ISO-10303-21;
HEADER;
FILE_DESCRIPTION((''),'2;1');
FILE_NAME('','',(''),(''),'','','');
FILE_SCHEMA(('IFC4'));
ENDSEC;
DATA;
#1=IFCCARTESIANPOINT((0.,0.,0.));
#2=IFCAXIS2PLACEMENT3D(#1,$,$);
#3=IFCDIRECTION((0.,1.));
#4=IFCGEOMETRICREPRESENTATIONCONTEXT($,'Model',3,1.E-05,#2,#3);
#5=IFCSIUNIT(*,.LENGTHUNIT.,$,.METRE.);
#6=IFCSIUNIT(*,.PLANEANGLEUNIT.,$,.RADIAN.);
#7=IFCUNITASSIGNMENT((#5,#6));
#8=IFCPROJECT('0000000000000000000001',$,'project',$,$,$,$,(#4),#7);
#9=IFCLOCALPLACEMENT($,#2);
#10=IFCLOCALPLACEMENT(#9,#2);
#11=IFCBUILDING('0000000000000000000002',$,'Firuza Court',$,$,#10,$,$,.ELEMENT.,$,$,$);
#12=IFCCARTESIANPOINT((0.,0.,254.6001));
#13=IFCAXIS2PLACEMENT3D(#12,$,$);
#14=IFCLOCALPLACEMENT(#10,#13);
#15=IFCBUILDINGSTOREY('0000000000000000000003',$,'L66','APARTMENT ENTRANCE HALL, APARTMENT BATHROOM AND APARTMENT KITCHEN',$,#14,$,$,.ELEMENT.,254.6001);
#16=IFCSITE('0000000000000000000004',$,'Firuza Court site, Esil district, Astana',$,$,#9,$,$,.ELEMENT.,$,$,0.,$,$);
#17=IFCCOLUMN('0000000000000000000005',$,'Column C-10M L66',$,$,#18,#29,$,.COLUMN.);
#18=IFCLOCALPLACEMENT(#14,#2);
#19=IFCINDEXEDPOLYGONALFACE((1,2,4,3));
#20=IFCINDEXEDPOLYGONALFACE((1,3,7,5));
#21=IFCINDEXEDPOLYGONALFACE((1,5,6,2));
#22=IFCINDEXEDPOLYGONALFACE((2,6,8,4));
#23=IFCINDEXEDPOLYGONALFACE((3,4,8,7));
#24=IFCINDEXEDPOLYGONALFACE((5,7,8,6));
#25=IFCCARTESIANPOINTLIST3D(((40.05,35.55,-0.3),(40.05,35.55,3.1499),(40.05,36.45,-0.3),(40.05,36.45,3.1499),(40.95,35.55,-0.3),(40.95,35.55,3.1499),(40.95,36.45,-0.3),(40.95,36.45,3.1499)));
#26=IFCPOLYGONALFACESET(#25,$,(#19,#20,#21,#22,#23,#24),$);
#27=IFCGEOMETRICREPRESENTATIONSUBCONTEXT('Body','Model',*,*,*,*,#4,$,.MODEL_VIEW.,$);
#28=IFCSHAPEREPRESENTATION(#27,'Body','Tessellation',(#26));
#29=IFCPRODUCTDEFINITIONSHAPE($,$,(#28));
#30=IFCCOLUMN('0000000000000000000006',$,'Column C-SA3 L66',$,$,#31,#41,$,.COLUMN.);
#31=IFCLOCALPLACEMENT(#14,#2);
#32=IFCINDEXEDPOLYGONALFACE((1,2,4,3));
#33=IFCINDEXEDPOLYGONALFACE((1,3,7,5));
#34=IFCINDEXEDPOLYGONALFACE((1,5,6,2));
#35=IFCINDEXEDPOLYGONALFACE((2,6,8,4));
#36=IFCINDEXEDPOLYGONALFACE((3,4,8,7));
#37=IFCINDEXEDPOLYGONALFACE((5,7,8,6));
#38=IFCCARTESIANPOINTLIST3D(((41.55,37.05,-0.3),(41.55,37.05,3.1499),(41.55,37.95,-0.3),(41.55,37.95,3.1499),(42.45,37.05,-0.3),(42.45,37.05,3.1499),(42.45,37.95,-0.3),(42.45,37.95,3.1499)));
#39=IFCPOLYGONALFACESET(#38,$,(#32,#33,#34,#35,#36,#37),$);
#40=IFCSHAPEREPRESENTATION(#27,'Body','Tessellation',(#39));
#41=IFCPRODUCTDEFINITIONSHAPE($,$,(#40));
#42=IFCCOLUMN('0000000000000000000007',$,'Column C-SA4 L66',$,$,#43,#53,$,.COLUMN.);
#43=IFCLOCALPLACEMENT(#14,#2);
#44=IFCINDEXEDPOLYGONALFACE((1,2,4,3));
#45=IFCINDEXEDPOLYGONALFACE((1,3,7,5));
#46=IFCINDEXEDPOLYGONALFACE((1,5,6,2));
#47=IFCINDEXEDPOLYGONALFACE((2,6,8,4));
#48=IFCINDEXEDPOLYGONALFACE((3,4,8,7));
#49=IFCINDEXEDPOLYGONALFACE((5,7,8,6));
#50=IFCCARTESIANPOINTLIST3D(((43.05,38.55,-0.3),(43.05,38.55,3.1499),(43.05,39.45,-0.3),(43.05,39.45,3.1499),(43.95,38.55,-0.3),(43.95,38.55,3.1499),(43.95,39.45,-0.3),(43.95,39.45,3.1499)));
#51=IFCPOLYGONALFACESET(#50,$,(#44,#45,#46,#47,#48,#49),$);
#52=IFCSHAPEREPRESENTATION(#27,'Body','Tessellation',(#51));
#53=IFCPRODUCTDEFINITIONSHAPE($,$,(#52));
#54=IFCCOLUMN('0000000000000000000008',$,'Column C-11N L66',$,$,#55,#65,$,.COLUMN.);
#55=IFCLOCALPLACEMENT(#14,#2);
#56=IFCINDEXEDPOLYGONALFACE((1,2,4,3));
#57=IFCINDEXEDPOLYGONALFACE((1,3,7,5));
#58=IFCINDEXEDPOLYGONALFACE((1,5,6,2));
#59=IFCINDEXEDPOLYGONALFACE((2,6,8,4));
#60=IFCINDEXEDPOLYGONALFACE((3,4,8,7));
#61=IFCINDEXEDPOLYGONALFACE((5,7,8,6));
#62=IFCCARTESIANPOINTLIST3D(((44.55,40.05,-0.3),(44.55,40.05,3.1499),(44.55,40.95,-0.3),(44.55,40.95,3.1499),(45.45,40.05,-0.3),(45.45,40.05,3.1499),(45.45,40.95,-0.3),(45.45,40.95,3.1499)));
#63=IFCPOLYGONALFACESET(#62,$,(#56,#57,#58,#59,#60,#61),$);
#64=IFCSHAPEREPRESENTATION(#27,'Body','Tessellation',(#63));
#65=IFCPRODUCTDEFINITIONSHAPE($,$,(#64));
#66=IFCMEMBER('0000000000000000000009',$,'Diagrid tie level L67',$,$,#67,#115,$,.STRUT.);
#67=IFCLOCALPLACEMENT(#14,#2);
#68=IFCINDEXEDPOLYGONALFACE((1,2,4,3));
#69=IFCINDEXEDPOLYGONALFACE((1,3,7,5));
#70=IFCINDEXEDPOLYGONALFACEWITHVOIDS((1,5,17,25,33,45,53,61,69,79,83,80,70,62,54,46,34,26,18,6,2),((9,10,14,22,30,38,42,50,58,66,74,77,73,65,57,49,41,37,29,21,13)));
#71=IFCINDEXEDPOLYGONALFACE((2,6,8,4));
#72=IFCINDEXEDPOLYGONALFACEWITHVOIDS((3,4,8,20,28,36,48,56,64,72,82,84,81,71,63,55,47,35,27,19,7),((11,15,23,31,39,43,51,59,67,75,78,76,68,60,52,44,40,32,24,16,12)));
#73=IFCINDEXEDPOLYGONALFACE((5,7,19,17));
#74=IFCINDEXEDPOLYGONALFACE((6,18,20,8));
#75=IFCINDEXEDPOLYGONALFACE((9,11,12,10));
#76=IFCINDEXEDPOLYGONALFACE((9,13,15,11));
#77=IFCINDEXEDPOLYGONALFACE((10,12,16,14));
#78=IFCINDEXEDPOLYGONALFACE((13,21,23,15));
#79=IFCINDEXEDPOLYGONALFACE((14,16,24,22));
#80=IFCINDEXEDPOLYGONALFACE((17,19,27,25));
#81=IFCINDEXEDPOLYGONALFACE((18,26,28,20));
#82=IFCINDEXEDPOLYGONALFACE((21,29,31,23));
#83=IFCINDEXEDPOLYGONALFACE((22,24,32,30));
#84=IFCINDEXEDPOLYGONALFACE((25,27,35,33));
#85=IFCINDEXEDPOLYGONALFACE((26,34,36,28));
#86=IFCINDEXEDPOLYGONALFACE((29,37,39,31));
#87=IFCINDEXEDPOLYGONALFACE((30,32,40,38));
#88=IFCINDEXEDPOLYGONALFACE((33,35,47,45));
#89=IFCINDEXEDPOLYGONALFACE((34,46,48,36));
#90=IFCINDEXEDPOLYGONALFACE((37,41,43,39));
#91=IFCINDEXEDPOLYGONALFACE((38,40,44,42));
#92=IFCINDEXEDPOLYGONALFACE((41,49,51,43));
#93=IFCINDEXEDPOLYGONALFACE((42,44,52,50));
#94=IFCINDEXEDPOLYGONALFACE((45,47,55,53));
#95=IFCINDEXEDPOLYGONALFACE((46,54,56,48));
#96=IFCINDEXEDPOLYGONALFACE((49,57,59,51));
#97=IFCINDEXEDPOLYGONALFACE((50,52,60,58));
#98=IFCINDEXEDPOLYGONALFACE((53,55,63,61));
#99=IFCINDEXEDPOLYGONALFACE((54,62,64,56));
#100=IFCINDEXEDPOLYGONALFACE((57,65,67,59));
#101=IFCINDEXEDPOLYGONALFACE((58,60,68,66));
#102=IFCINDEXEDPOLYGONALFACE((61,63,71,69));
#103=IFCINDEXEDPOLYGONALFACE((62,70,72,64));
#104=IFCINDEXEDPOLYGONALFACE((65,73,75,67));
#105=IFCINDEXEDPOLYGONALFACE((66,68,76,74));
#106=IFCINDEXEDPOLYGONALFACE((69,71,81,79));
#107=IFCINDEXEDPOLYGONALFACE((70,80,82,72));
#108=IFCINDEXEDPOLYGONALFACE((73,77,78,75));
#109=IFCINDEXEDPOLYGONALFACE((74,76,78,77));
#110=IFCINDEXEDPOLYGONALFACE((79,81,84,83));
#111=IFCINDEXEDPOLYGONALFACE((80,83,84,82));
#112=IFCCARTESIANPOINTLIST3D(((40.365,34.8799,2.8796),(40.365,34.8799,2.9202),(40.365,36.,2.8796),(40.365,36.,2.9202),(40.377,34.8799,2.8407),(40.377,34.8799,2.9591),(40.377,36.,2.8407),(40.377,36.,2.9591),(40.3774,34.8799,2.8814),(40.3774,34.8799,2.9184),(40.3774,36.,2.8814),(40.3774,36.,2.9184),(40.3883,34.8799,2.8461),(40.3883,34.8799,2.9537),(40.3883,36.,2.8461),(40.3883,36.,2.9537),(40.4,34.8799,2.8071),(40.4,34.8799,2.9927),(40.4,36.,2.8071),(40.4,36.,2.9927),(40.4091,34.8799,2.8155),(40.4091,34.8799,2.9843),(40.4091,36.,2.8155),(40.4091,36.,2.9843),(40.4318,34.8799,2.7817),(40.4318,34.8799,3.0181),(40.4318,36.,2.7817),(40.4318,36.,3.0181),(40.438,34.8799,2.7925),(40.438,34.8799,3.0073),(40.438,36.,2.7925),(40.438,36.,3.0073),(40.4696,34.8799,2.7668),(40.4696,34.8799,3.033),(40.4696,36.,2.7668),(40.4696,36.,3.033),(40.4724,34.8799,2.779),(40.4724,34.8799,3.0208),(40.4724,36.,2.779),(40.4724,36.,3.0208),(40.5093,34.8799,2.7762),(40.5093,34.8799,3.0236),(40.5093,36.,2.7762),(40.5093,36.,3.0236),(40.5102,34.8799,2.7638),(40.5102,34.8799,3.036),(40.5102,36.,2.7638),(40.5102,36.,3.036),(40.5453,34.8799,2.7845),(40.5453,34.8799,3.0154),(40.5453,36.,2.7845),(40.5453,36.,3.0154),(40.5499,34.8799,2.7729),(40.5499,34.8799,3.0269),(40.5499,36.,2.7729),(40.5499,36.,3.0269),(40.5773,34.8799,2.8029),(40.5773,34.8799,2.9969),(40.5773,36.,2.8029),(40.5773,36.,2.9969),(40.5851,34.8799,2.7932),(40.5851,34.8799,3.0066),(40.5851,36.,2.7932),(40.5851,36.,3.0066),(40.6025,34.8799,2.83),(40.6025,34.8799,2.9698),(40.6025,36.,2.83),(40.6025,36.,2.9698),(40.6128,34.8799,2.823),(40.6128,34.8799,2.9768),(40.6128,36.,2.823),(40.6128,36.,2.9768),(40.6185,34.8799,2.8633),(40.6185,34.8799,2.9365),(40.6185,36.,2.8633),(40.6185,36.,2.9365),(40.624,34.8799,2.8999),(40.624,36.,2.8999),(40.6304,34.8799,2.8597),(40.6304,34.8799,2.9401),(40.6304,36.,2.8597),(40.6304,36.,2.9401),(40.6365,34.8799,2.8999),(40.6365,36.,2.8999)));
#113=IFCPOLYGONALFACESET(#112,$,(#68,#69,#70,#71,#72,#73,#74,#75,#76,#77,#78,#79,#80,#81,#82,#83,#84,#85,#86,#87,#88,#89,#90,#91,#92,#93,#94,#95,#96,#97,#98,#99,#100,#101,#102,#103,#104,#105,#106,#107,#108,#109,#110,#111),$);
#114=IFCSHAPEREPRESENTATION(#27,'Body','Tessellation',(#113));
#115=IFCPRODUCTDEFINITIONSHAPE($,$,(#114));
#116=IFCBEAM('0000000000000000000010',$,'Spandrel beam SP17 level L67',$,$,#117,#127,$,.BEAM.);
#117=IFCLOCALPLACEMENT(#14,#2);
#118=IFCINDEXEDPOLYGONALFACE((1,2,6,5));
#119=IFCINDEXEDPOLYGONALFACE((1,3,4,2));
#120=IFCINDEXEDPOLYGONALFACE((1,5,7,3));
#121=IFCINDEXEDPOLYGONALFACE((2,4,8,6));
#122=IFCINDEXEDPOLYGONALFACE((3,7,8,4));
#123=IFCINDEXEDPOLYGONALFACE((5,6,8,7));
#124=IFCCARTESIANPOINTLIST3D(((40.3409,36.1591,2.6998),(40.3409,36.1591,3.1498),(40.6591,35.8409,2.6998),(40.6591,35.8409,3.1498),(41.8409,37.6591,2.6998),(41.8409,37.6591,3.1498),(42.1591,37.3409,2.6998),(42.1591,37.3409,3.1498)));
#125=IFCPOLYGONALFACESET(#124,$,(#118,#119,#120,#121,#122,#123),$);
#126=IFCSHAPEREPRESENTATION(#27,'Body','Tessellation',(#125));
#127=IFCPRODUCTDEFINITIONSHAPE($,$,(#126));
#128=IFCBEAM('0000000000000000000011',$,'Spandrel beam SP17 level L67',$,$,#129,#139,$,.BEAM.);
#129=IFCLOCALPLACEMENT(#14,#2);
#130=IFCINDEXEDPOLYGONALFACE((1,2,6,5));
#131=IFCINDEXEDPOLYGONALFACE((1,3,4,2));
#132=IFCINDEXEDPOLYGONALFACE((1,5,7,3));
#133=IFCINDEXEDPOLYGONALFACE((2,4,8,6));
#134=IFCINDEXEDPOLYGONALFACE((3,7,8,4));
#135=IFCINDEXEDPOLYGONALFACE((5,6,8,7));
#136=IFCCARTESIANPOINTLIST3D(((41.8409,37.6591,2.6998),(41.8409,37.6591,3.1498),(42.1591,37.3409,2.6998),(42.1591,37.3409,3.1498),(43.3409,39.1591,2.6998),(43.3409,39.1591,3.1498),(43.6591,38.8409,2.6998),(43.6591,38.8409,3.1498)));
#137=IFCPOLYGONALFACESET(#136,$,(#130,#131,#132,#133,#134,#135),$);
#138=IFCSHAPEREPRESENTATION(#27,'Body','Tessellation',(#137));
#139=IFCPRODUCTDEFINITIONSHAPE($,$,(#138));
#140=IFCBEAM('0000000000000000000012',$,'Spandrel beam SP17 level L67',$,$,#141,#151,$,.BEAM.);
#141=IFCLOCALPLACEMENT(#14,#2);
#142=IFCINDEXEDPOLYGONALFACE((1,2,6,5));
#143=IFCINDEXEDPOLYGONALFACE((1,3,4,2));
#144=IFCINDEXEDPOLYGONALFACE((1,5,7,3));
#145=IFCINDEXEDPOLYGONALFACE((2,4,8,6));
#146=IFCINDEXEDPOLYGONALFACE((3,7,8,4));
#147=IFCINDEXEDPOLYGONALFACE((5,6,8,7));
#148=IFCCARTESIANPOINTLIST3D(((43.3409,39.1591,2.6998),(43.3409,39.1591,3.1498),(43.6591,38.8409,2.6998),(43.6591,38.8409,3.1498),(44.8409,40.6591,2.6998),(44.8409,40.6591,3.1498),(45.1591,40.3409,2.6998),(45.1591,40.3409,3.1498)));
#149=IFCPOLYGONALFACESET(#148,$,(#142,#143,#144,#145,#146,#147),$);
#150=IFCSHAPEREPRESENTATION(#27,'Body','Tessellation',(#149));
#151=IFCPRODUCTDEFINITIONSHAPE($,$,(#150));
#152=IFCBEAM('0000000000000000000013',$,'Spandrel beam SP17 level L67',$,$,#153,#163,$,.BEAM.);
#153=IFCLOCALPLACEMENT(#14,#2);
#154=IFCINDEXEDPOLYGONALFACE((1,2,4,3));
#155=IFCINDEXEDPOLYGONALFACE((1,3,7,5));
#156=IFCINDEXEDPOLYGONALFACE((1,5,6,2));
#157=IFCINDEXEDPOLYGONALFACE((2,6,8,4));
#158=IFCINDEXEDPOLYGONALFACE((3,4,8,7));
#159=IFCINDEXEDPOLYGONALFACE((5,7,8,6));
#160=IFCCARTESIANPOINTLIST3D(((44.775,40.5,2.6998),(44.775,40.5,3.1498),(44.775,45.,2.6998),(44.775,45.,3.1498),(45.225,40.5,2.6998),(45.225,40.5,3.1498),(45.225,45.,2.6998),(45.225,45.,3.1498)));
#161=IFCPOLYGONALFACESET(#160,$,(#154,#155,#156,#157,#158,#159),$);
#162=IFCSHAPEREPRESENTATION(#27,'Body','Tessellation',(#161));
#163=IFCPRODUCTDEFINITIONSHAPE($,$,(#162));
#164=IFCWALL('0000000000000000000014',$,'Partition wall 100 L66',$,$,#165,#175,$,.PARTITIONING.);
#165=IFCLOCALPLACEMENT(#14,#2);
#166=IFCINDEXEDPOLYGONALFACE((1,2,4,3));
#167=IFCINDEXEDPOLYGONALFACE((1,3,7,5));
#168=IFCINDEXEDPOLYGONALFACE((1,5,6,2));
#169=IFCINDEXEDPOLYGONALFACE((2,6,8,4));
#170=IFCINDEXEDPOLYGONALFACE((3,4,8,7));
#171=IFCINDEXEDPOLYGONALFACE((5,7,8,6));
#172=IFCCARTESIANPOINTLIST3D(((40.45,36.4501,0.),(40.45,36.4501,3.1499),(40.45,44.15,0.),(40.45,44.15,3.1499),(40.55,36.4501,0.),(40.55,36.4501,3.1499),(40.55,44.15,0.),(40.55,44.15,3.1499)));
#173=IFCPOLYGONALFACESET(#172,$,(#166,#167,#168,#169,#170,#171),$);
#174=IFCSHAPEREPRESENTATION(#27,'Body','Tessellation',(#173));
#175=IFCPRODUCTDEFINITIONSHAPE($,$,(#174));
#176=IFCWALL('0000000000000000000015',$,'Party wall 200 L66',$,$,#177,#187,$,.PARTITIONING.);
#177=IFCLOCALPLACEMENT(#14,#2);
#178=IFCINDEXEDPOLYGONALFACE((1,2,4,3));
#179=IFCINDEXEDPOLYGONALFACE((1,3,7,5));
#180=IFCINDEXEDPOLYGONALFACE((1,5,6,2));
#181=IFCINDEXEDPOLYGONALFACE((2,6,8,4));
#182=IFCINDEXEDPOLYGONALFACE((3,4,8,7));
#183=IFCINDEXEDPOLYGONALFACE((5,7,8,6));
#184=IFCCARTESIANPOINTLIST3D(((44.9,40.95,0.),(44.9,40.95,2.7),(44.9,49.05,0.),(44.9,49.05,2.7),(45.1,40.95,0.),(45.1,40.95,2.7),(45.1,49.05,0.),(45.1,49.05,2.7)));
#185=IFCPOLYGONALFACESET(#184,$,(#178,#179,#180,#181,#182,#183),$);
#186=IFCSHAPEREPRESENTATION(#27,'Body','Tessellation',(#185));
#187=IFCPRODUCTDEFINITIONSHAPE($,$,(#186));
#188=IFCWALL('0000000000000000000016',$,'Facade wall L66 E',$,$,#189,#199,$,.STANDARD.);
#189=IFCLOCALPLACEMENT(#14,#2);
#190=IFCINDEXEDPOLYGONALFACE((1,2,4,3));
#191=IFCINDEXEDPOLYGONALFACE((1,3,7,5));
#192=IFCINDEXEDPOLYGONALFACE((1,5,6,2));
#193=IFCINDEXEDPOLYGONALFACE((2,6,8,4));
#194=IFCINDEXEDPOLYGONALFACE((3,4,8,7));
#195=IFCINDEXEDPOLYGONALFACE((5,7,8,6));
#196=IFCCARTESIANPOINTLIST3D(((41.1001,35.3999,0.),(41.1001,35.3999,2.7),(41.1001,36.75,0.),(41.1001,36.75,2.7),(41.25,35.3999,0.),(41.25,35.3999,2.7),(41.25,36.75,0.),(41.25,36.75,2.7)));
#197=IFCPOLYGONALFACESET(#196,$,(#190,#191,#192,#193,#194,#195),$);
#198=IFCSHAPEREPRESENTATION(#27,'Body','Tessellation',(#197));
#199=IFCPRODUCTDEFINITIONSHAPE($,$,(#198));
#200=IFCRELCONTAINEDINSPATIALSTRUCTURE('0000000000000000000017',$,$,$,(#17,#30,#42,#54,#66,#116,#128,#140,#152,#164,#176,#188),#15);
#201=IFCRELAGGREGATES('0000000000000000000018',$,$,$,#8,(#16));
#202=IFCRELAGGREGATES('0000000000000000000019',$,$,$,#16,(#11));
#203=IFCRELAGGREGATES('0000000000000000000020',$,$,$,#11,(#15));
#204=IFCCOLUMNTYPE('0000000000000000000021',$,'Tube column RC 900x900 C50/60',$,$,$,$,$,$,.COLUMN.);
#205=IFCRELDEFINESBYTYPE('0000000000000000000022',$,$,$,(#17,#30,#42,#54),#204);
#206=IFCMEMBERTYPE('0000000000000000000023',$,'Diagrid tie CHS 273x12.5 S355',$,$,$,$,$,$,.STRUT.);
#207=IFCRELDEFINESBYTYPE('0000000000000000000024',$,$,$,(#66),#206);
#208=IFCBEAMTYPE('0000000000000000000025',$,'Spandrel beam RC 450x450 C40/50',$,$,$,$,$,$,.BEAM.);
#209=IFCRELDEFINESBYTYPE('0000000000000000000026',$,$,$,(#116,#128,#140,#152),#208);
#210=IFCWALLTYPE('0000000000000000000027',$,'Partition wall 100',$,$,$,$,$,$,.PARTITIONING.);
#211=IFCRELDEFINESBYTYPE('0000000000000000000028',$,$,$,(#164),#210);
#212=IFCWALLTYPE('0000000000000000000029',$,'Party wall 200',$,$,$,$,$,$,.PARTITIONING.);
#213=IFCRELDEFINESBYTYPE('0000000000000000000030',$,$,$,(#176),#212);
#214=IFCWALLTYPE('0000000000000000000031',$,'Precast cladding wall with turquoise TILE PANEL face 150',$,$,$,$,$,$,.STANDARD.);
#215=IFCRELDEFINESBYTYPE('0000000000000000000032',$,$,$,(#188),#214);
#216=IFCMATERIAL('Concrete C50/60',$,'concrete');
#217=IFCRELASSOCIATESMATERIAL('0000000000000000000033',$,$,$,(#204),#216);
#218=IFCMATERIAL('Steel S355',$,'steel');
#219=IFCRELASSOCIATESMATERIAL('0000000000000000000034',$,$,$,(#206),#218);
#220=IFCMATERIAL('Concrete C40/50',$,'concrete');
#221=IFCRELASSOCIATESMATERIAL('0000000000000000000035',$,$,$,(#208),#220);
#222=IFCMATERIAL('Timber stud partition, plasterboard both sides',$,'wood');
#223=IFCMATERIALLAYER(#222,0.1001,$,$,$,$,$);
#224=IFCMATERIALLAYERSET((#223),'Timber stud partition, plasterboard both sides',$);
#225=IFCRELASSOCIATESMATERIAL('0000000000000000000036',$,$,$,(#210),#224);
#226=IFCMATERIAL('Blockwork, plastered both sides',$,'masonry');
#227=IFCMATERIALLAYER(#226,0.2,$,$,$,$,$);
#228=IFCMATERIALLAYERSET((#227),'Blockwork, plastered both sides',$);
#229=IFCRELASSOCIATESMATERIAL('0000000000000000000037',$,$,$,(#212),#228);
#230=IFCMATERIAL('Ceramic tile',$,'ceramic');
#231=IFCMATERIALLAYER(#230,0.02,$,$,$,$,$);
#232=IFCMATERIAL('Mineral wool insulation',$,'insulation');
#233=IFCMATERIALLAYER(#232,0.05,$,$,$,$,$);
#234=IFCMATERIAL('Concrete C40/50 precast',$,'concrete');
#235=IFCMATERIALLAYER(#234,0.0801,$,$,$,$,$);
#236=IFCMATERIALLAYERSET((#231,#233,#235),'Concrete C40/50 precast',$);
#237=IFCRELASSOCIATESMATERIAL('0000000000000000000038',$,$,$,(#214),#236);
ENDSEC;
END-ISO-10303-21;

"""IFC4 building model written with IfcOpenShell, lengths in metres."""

from ifc_helpers import new_model, si_unit, direction, frame, frame_2d, origin, origin_2d, place, context, subcontext, project, spatial, rectangle, hollow_circle, extrude, material, layer, layer_set, material_profile, profile_set, type_object, element, save


model = new_model("IFC4")

# Units and contexts
model_context = context("Model", 3, precision=1e-05, world=origin(), true_north=direction((0.0, 1.0)))
body_context = subcontext(model_context, "Body", "Model", "MODEL_VIEW")
ifc_project = project(units=[si_unit("LENGTHUNIT", "METRE"), si_unit("PLANEANGLEUNIT", "RADIAN")], contexts=[model_context])

# Site, building, storey
site_placement = place(None, origin())
site = spatial("IfcSite", under=ifc_project, at=site_placement, Name="Firuza Court site, Esil district, Astana", CompositionType="ELEMENT", RefElevation=0.0)
building_placement = place(site_placement, origin())
building = spatial("IfcBuilding", under=site, at=building_placement, Name="Firuza Court", CompositionType="ELEMENT")
storey_placement = place(building_placement, frame((0.0, 0.0, 254.6001)))
storey = spatial("IfcBuildingStorey", under=building, at=storey_placement, Name="L66", Description="APARTMENT ENTRANCE HALL, APARTMENT BATHROOM AND APARTMENT KITCHEN", CompositionType="ELEMENT", Elevation=254.6001)

# Columns
ifc_material_1 = material(Name="Concrete C50/60", Category="concrete")
ifc_material_profile_1 = material_profile(ifc_material_1, rectangle(XDim=0.8999, YDim=0.8999, at=origin_2d()), Name="RC 900x900")
ifc_profile_set_1 = profile_set([ifc_material_profile_1], Name="Concrete C50/60")
column_type = type_object("IfcColumnType", Name="Tube column RC 900x900 C50/60", PredefinedType="COLUMN", material=ifc_profile_set_1)
for number, where, z_axis, x_axis, name in (
    (1, (40.5, 36.0, -0.3), (0.0, 0.0, 1.0), (1.0, 0.0, 0.0), "Column C-10M L66"),
    (2, (42.0, 37.5, -0.3), (0.0, 0.0, 1.0), (1.0, 0.0, 0.0), "Column C-SA3 L66"),
    (3, (43.5, 39.0, -0.3), (0.0, 0.0, 1.0), (1.0, 0.0, 0.0), "Column C-SA4 L66"),
    (4, (45.0, 40.5, -0.3), (0.0, 0.0, 1.0), (1.0, 0.0, 0.0), "Column C-11N L66"),
):
    element("IfcColumn", number, at=place(storey_placement, frame(where, z_axis=z_axis, x_axis=x_axis)), inside=storey, type_object=column_type, Name=name, PredefinedType="COLUMN", context=body_context, shape_type="SweptSolid", body=[
        extrude(rectangle(XDim=0.8999, YDim=0.8999, at=origin_2d()), origin(), (0.0, 0.0, 1.0), 3.45),
    ])

# Member
ifc_material_2 = material(Name="Steel S355", Category="steel")
ifc_material_profile_2 = material_profile(ifc_material_2, hollow_circle(Radius=0.1365, WallThickness=0.0125, at=origin_2d()), Name="CHS 273x12.5")
ifc_profile_set_2 = profile_set([ifc_material_profile_2], Name="Steel S355")
member_type = type_object("IfcMemberType", Name="Diagrid tie CHS 273x12.5 S355", PredefinedType="STRUT", material=ifc_profile_set_2)
member_placement = place(storey_placement, frame((40.5, 36.0, 2.8999), z_axis=(0.0, -1.0, 0.0), x_axis=(1.0, 0.0, 0.0)))
element("IfcMember", 5, at=member_placement, inside=storey, type_object=member_type, Name="Diagrid tie level L67", PredefinedType="STRUT", context=body_context, shape_type="SweptSolid", body=[
    extrude(hollow_circle(Radius=0.1365, WallThickness=0.0125, at=origin_2d()), origin(), (0.0, 0.0, 1.0), 1.1201),
])

# Beams
ifc_material_3 = material(Name="Concrete C40/50", Category="concrete")
ifc_material_profile_3 = material_profile(ifc_material_3, rectangle(XDim=0.45, YDim=0.45, at=origin_2d()), Name="RC 450x450")
ifc_profile_set_3 = profile_set([ifc_material_profile_3], Name="Concrete C40/50")
beam_type = type_object("IfcBeamType", Name="Spandrel beam RC 450x450 C40/50", PredefinedType="BEAM", material=ifc_profile_set_3)
for number, where, z_axis, x_axis, name in (
    (6, (40.5, 36.0, 2.9248), (0.707107, 0.707107, 0.0), (-0.707107, 0.707107, 0.0), "Spandrel beam SP17 level L67"),
    (7, (42.0, 37.5, 2.9248), (0.707107, 0.707107, 0.0), (-0.707107, 0.707107, 0.0), "Spandrel beam SP17 level L67"),
    (8, (43.5, 39.0, 2.9248), (0.707107, 0.707107, 0.0), (-0.707107, 0.707107, 0.0), "Spandrel beam SP17 level L67"),
):
    element("IfcBeam", number, at=place(storey_placement, frame(where, z_axis=z_axis, x_axis=x_axis)), inside=storey, type_object=beam_type, Name=name, PredefinedType="BEAM", context=body_context, shape_type="SweptSolid", body=[
        extrude(rectangle(XDim=0.45, YDim=0.45, at=origin_2d()), origin(), (0.0, 0.0, 1.0), 2.1213),
    ])
beam_placement = place(storey_placement, frame((45.0, 40.5, 2.9248), z_axis=(0.0, 1.0, 0.0), x_axis=(-1.0, 0.0, 0.0)))
element("IfcBeam", 9, at=beam_placement, inside=storey, type_object=beam_type, Name="Spandrel beam SP17 level L67", PredefinedType="BEAM", context=body_context, shape_type="SweptSolid", body=[
    extrude(rectangle(XDim=0.45, YDim=0.45, at=origin_2d()), origin(), (0.0, 0.0, 1.0), 4.5),
])

# Walls
ifc_material_4 = material(Name="Timber stud partition, plasterboard both sides", Category="wood")
ifc_layer_1 = layer(ifc_material_4, 0.1001)
ifc_layer_set_1 = layer_set([ifc_layer_1], Name="Timber stud partition, plasterboard both sides")
wall_type_1 = type_object("IfcWallType", Name="Partition wall 100", PredefinedType="PARTITIONING", material=ifc_layer_set_1)
wall_1_placement = place(storey_placement, frame((40.5, 36.45, 0.0), z_axis=(0.0, 0.0, 1.0), x_axis=(0.0, 1.0, 0.0)))
element("IfcWall", 10, at=wall_1_placement, inside=storey, type_object=wall_type_1, Name="Partition wall 100 L66", PredefinedType="PARTITIONING", context=body_context, shape_type="SweptSolid", body=[
    extrude(rectangle(XDim=7.7, YDim=0.1001, at=frame_2d((3.8501, 0.0))), origin(), (0.0, 0.0, 1.0), 3.1499),
])
ifc_material_5 = material(Name="Blockwork, plastered both sides", Category="masonry")
ifc_layer_2 = layer(ifc_material_5, 0.2)
ifc_layer_set_2 = layer_set([ifc_layer_2], Name="Blockwork, plastered both sides")
wall_type_2 = type_object("IfcWallType", Name="Party wall 200", PredefinedType="PARTITIONING", material=ifc_layer_set_2)
wall_2_placement = place(storey_placement, frame((45.0, 40.95, 0.0), z_axis=(0.0, 0.0, 1.0), x_axis=(0.0, 1.0, 0.0)))
element("IfcWall", 11, at=wall_2_placement, inside=storey, type_object=wall_type_2, Name="Party wall 200 L66", PredefinedType="PARTITIONING", context=body_context, shape_type="SweptSolid", body=[
    extrude(rectangle(XDim=8.1001, YDim=0.2, at=frame_2d((4.05, 0.0))), origin(), (0.0, 0.0, 1.0), 2.7),
])
ifc_material_6 = material(Name="Ceramic tile", Category="ceramic")
ifc_layer_3 = layer(ifc_material_6, 0.02)
ifc_material_7 = material(Name="Mineral wool insulation", Category="insulation")
ifc_layer_4 = layer(ifc_material_7, 0.05)
ifc_material_8 = material(Name="Concrete C40/50 precast", Category="concrete")
ifc_layer_5 = layer(ifc_material_8, 0.0801)
ifc_layer_set_3 = layer_set([ifc_layer_3, ifc_layer_4, ifc_layer_5], Name="Concrete C40/50 precast")
wall_type_3 = type_object("IfcWallType", Name="Precast cladding wall with turquoise TILE PANEL face 150", PredefinedType="STANDARD", material=ifc_layer_set_3)
wall_3_placement = place(storey_placement, frame((41.175, 35.3999, 0.0), z_axis=(0.0, 0.0, 1.0), x_axis=(0.0, 1.0, 0.0)))
element("IfcWall", 12, at=wall_3_placement, inside=storey, type_object=wall_type_3, Name="Facade wall L66 E", PredefinedType="STANDARD", context=body_context, shape_type="SweptSolid", body=[
    extrude(rectangle(XDim=1.3501, YDim=0.1499, at=frame_2d((0.675, 0.0))), origin(), (0.0, 0.0, 1.0), 2.7),
])

save(model, "model.ifc")
